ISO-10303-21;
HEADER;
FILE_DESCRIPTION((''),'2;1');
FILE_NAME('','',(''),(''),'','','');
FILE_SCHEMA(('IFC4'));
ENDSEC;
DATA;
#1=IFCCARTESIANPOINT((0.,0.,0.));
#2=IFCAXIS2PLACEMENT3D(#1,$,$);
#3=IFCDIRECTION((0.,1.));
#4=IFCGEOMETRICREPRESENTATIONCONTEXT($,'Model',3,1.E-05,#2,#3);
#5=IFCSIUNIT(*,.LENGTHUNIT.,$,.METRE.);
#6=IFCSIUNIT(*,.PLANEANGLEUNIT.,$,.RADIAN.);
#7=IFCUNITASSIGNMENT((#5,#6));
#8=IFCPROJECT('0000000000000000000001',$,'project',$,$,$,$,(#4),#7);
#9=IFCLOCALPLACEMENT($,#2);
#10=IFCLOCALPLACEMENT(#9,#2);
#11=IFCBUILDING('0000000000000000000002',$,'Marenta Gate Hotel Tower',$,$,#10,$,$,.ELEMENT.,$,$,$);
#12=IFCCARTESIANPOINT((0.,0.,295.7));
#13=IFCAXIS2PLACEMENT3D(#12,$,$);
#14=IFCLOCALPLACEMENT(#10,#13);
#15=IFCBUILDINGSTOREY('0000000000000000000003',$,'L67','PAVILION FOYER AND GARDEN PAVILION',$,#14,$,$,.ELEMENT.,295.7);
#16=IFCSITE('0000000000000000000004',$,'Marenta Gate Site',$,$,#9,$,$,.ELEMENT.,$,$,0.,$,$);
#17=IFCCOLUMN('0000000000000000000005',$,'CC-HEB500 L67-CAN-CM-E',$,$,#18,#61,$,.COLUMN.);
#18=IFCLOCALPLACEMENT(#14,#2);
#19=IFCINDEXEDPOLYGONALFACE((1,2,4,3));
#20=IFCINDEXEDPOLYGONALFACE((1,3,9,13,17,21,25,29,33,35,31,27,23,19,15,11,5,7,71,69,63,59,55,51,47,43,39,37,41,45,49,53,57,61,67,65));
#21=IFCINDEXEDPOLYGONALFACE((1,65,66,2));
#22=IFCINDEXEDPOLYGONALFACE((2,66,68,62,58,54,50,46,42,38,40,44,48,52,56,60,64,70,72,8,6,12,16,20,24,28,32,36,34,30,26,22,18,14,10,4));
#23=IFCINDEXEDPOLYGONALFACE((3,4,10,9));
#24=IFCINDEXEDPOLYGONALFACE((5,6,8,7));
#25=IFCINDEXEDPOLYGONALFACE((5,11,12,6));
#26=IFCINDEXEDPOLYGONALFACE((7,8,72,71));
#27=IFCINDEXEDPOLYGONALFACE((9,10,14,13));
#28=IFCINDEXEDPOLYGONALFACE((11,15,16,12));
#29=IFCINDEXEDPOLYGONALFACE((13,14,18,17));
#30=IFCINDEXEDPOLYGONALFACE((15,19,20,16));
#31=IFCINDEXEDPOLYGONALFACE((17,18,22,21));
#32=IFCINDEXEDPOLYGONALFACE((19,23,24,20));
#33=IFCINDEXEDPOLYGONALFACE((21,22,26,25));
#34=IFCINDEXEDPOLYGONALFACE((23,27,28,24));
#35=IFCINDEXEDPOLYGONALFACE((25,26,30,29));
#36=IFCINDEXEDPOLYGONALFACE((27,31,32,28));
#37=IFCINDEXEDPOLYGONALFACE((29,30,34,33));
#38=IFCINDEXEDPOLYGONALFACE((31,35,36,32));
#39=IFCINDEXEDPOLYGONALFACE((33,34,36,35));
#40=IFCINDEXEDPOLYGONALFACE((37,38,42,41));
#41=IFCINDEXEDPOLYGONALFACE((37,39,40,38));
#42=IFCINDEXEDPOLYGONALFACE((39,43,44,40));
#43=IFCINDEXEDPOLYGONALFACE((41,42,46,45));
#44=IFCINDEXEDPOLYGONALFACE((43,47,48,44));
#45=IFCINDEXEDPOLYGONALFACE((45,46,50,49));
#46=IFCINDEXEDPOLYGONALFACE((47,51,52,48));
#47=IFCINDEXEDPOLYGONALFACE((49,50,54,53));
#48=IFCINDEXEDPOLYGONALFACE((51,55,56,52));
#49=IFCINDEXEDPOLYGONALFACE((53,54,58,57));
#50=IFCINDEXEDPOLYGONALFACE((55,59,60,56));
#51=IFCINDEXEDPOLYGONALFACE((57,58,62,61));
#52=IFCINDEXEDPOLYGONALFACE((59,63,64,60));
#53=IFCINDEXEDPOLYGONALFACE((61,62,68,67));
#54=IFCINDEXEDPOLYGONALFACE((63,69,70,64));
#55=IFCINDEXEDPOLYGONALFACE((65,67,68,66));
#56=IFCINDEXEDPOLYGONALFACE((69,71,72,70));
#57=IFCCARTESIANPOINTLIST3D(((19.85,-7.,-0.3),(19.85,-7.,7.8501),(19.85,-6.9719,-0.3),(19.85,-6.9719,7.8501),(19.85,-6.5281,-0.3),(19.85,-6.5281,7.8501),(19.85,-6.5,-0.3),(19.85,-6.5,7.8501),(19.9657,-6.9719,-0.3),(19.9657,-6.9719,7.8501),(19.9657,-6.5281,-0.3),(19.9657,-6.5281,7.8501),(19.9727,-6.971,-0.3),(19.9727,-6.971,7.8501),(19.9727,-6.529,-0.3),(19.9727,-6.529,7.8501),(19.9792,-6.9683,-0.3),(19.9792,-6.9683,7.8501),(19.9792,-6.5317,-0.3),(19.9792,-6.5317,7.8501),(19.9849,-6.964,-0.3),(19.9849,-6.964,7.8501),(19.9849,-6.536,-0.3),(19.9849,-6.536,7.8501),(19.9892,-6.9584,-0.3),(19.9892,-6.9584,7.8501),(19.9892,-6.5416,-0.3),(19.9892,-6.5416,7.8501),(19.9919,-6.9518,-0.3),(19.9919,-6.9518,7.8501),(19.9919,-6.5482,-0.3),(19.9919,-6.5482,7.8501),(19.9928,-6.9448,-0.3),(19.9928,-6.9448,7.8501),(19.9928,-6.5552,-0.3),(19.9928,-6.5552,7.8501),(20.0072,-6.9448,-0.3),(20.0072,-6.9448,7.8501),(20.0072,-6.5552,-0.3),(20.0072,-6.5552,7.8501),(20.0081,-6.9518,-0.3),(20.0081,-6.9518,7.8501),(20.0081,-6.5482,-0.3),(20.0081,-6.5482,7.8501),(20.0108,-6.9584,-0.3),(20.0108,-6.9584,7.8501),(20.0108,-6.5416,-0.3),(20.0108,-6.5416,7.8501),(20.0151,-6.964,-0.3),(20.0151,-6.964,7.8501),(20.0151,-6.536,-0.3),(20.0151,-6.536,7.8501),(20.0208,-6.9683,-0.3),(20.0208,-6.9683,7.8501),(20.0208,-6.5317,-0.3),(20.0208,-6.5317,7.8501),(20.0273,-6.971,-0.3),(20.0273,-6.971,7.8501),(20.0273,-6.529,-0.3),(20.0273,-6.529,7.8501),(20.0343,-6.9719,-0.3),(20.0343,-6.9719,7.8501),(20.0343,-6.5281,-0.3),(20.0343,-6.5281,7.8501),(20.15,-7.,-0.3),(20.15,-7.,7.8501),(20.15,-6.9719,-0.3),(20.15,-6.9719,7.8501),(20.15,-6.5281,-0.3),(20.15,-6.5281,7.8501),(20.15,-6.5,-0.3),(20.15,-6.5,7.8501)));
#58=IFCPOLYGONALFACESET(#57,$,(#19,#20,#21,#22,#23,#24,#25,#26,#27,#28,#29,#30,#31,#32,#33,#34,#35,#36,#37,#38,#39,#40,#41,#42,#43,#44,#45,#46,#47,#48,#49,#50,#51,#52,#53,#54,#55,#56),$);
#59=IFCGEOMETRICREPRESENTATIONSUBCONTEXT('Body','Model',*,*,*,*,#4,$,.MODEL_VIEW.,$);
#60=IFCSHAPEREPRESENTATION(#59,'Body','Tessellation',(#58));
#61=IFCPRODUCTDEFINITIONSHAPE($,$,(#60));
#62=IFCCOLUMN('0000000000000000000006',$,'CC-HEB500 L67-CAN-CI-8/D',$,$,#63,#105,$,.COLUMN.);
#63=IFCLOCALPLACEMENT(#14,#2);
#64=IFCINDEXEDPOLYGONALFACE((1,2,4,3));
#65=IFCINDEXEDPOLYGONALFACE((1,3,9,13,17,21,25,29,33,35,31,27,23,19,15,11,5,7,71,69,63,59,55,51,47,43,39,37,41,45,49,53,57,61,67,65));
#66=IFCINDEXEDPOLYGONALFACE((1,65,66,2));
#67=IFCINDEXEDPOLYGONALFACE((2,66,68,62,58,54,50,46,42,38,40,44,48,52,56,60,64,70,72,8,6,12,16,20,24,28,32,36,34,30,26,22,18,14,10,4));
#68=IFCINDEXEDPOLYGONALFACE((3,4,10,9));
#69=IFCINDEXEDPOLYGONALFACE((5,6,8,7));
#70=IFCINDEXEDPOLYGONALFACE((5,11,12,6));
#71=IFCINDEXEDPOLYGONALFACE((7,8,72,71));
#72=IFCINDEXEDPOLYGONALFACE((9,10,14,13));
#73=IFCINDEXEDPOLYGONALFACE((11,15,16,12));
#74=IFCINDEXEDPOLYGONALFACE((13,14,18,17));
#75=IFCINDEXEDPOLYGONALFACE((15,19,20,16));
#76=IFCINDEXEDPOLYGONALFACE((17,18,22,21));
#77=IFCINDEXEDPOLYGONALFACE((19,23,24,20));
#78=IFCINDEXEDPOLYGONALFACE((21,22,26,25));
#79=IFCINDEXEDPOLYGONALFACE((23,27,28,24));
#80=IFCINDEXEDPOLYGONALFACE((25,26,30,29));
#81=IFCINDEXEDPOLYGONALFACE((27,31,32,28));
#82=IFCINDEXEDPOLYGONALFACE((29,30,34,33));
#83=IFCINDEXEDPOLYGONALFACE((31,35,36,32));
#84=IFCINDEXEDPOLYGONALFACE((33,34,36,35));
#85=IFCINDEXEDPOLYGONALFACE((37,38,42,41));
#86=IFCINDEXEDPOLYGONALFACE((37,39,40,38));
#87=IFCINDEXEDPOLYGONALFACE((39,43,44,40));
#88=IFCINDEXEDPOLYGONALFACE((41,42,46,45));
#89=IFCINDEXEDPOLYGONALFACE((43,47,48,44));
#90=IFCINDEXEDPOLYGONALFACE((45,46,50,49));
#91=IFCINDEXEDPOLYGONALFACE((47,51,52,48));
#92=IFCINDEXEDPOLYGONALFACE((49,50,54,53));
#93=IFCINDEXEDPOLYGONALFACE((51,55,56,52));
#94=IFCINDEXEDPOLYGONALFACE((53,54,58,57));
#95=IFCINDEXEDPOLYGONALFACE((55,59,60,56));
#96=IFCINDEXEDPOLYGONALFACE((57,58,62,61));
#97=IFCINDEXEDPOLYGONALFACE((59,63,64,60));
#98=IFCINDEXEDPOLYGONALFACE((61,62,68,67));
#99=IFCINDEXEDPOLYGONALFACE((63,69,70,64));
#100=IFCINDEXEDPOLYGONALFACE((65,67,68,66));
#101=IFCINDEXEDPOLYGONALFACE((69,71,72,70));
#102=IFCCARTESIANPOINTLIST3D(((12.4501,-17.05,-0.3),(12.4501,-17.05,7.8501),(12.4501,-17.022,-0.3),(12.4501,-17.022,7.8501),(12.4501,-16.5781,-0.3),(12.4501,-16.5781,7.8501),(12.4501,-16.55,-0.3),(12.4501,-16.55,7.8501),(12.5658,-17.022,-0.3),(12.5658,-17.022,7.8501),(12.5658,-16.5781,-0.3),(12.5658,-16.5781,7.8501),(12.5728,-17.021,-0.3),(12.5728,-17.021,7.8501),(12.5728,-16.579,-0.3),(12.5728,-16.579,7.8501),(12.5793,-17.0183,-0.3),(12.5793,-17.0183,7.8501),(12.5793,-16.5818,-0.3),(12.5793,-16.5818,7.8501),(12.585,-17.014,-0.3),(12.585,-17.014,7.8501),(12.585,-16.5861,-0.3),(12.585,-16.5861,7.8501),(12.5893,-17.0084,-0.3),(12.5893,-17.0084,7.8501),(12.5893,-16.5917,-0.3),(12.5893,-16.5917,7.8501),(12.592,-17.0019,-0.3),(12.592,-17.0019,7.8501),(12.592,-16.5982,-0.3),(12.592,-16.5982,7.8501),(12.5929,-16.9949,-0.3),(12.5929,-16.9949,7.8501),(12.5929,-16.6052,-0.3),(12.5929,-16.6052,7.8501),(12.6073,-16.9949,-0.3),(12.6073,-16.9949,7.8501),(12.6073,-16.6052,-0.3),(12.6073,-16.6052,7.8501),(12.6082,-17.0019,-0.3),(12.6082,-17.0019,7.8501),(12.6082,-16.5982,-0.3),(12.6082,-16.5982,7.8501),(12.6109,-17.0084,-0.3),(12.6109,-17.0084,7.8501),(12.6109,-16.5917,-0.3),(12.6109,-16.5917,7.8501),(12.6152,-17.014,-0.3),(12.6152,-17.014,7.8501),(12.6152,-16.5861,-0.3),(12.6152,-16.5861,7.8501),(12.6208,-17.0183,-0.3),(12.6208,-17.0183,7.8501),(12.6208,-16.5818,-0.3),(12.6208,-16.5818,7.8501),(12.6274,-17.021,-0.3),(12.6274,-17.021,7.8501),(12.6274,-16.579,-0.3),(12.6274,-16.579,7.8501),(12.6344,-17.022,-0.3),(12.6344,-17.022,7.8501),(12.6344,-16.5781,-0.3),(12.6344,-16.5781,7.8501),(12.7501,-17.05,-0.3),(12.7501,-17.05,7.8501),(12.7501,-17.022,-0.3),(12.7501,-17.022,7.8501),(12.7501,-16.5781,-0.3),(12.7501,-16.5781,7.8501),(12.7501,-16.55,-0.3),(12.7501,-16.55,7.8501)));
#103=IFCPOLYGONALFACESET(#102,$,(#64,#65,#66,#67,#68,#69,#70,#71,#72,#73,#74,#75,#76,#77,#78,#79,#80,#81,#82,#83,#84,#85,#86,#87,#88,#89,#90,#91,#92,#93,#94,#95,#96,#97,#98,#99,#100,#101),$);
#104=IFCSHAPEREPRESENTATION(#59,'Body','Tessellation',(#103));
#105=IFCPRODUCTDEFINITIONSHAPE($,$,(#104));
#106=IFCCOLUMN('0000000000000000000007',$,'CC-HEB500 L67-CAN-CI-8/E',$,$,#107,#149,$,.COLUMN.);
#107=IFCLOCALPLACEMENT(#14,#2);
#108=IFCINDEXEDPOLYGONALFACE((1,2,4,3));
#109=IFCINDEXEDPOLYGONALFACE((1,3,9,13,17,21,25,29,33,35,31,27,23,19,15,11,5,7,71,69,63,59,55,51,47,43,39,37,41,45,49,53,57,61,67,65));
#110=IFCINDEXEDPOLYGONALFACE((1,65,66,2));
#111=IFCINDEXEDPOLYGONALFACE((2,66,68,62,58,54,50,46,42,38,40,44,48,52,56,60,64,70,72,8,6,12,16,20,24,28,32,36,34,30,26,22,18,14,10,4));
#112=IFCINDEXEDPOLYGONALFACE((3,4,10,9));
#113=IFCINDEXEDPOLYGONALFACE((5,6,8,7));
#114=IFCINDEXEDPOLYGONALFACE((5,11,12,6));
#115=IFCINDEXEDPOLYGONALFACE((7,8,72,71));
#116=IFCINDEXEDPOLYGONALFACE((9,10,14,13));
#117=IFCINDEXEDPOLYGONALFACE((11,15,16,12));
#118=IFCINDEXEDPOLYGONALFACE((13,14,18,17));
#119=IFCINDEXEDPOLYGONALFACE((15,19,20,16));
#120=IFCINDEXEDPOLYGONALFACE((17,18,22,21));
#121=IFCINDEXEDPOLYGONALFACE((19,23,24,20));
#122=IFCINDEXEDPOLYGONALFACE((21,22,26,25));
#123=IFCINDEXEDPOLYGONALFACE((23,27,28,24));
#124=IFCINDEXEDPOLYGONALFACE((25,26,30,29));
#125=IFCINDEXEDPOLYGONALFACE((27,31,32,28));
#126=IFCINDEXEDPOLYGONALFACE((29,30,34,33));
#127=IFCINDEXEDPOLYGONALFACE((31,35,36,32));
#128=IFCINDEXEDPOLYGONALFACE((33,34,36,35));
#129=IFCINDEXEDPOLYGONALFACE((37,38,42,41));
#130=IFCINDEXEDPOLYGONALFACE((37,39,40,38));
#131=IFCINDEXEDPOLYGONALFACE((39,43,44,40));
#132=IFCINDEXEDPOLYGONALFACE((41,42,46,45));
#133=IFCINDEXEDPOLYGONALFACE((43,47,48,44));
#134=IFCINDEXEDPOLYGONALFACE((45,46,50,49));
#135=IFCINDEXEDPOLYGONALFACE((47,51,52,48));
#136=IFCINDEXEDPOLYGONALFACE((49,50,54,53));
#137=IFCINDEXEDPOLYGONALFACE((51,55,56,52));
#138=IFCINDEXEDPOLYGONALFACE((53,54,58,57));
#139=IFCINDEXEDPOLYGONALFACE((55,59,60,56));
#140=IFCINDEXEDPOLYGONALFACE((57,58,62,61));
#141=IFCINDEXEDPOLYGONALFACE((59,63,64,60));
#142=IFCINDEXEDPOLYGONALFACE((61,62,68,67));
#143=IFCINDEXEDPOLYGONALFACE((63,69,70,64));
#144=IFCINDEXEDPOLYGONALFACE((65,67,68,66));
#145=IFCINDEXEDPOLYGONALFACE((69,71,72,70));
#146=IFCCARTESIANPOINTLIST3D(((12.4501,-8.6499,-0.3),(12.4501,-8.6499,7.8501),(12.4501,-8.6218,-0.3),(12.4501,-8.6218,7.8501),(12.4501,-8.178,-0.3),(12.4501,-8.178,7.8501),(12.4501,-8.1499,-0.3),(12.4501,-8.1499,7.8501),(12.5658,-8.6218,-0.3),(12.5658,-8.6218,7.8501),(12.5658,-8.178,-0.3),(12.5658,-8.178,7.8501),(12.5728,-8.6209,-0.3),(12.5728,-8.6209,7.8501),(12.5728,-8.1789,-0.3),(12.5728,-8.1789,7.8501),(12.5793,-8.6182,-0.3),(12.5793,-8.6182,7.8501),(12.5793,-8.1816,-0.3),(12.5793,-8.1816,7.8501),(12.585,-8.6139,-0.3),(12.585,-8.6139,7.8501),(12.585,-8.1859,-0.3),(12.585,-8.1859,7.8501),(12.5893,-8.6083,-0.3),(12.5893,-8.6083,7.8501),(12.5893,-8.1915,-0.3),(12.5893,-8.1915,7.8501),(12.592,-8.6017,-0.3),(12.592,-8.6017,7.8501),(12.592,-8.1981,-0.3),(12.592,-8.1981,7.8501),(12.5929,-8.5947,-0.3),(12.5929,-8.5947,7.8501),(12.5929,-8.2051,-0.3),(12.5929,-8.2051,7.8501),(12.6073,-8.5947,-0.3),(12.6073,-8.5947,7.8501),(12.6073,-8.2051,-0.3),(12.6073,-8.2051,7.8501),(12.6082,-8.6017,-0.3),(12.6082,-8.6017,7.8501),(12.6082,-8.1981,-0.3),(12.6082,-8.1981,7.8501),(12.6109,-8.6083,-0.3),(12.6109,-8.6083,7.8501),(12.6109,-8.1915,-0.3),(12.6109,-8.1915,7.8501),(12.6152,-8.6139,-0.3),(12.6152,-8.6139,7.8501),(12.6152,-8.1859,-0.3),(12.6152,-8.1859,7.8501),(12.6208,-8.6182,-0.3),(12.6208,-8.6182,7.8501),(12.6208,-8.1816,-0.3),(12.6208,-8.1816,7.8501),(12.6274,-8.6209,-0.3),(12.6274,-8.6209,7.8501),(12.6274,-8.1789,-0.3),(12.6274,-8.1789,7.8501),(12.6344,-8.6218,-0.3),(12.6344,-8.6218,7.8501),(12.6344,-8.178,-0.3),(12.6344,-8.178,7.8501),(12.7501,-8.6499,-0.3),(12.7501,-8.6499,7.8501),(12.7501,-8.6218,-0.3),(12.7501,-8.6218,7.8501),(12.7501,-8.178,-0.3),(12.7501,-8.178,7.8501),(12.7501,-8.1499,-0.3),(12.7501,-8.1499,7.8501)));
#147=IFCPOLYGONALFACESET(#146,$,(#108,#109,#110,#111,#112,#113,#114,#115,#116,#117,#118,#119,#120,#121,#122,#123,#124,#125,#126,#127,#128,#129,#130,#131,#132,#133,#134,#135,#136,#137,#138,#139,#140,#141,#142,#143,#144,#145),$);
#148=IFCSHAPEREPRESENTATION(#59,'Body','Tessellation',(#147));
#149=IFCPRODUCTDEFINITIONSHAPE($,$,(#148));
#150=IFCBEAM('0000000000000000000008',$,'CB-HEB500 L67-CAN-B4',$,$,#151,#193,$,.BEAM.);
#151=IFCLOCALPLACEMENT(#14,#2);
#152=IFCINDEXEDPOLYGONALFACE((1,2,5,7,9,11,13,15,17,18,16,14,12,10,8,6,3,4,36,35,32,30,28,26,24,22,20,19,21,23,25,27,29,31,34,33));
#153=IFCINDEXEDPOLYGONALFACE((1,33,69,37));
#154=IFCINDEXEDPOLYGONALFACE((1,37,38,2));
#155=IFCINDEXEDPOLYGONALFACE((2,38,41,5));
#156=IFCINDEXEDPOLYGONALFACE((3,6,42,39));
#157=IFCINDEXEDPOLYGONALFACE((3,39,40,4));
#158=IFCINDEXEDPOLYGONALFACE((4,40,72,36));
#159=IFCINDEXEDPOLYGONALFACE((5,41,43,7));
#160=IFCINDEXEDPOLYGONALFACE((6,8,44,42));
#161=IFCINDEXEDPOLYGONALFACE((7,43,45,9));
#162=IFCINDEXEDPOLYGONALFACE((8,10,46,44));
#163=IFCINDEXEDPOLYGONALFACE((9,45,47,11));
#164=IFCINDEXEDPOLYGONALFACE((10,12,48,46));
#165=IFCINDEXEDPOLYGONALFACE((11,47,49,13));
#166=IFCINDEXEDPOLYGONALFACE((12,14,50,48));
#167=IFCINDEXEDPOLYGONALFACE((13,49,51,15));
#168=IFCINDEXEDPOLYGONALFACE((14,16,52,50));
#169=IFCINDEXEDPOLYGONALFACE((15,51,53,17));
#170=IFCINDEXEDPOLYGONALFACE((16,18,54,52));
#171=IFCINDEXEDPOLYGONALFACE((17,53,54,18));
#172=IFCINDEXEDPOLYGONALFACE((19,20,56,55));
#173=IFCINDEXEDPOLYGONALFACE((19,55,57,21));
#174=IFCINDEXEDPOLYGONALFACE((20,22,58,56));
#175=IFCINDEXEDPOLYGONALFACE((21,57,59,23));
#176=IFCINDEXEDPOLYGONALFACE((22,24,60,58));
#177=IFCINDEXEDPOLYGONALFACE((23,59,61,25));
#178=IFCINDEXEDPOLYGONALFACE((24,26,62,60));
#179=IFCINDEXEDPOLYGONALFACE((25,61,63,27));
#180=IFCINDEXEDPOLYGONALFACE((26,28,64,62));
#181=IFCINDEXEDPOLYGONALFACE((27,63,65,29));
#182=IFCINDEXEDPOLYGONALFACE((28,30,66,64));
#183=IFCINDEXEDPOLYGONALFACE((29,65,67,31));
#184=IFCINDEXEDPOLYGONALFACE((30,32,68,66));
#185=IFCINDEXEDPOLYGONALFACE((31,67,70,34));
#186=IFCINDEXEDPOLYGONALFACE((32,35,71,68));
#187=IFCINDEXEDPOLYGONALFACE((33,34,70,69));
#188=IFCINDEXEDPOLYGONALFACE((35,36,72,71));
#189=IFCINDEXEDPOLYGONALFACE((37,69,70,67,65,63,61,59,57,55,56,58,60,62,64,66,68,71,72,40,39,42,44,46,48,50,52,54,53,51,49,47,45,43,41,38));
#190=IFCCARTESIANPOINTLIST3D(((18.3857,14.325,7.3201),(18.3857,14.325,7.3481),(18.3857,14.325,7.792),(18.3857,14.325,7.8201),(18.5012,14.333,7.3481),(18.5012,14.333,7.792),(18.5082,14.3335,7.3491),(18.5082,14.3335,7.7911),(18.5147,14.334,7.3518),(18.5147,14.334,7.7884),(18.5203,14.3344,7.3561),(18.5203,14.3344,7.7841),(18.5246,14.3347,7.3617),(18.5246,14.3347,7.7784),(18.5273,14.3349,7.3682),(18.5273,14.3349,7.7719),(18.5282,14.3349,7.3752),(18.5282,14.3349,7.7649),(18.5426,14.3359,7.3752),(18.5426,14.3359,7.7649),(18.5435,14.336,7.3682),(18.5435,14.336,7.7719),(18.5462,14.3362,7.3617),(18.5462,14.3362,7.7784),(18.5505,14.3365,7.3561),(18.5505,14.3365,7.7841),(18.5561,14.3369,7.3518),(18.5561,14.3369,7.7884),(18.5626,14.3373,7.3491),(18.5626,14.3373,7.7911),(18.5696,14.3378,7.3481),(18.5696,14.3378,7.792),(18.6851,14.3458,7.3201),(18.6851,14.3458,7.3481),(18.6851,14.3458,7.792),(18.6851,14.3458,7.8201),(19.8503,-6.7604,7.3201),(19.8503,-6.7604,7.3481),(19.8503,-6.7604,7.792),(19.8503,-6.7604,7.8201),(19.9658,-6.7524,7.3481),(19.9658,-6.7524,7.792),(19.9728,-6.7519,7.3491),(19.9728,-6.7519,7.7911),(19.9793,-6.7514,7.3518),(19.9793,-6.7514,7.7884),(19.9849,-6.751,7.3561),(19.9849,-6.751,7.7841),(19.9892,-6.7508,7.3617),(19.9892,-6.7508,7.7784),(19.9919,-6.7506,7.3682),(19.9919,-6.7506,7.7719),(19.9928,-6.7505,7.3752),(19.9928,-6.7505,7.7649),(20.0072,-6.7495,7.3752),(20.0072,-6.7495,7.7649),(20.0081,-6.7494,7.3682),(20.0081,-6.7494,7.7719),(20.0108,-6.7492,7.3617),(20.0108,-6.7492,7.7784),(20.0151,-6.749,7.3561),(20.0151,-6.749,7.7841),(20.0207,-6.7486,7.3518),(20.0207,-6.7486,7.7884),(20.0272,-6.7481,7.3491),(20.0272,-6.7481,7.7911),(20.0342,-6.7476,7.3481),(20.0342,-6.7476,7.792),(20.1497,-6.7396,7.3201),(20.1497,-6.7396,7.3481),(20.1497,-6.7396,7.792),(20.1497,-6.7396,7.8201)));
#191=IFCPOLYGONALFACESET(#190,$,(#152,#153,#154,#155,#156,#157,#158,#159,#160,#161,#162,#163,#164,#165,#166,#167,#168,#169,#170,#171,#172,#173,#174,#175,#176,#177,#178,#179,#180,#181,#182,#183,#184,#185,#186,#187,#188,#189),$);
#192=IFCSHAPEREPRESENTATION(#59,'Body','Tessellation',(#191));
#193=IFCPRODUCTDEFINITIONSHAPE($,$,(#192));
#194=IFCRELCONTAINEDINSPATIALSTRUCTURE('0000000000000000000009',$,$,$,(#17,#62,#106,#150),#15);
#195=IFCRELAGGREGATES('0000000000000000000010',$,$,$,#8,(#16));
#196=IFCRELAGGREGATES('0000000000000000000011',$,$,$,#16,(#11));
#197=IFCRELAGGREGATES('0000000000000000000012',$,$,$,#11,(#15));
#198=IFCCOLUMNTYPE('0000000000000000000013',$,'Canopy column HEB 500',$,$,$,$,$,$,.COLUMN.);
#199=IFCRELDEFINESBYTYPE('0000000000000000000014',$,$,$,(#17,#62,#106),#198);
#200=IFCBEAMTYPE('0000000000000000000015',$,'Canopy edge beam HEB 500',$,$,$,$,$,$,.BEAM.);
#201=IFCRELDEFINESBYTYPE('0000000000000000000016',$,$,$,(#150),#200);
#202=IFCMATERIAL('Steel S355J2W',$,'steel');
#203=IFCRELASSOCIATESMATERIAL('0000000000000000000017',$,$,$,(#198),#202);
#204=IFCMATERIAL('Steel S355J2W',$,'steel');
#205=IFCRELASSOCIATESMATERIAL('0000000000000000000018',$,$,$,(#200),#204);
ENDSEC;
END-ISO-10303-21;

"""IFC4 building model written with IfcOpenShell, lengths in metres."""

from ifc_helpers import new_model, si_unit, direction, frame, origin, origin_2d, place, context, subcontext, project, spatial, i_section, extrude, material, material_profile, profile_set, type_object, element, save


model = new_model("IFC4")

# Units and contexts
model_context = context("Model", 3, precision=1e-05, world=origin(), true_north=direction((0.0, 1.0)))
body_context = subcontext(model_context, "Body", "Model", "MODEL_VIEW")
ifc_project = project(units=[si_unit("LENGTHUNIT", "METRE"), si_unit("PLANEANGLEUNIT", "RADIAN")], contexts=[model_context])

# Site, building, storey
site_placement = place(None, origin())
site = spatial("IfcSite", under=ifc_project, at=site_placement, Name="Marenta Gate Site", CompositionType="ELEMENT", RefElevation=0.0)
building_placement = place(site_placement, origin())
building = spatial("IfcBuilding", under=site, at=building_placement, Name="Marenta Gate Hotel Tower", CompositionType="ELEMENT")
storey_placement = place(building_placement, frame((0.0, 0.0, 295.7)))
storey = spatial("IfcBuildingStorey", under=building, at=storey_placement, Name="L67", Description="PAVILION FOYER AND GARDEN PAVILION", CompositionType="ELEMENT", Elevation=295.7)

# Columns
ifc_material_1 = material(Name="Steel S355J2W", Category="steel")
ifc_material_profile_1 = material_profile(ifc_material_1, i_section(OverallWidth=0.3, OverallDepth=0.5, WebThickness=0.0144, FlangeThickness=0.0281, FilletRadius=0.0271, at=origin_2d()), Name="HEB 500")
ifc_profile_set_1 = profile_set([ifc_material_profile_1], Name="Steel S355J2W")
column_type = type_object("IfcColumnType", Name="Canopy column HEB 500", PredefinedType="COLUMN", material=ifc_profile_set_1)
for number, where, z_axis, x_axis, name in (
    (1, (20.0, -6.75, -0.3), (0.0, 0.0, 1.0), (1.0, 0.0, 0.0), "CC-HEB500 L67-CAN-CM-E"),
    (2, (12.6001, -16.8, -0.3), (0.0, 0.0, 1.0), (1.0, 0.0, 0.0), "CC-HEB500 L67-CAN-CI-8/D"),
    (3, (12.6001, -8.3999, -0.3), (0.0, 0.0, 1.0), (1.0, 0.0, 0.0), "CC-HEB500 L67-CAN-CI-8/E"),
):
    element("IfcColumn", number, at=place(storey_placement, frame(where, z_axis=z_axis, x_axis=x_axis)), inside=storey, type_object=column_type, Name=name, PredefinedType="COLUMN", context=body_context, shape_type="SweptSolid", body=[
        extrude(i_section(OverallWidth=0.3, OverallDepth=0.5, WebThickness=0.0144, FlangeThickness=0.0281, FilletRadius=0.0271, at=origin_2d()), origin(), (0.0, 0.0, 1.0), 8.1501),
    ])

# Beam
ifc_material_2 = material(Name="Steel S355J2W", Category="steel")
ifc_material_profile_2 = material_profile(ifc_material_2, i_section(OverallWidth=0.3, OverallDepth=0.5, WebThickness=0.0144, FlangeThickness=0.0281, FilletRadius=0.0271, at=origin_2d()), Name="HEB 500")
ifc_profile_set_2 = profile_set([ifc_material_profile_2], Name="Steel S355J2W")
beam_type_1 = type_object("IfcBeamType", Name="Canopy edge beam HEB 500", PredefinedType="BEAM", material=ifc_profile_set_2)
beam_1_placement = place(storey_placement, frame((20.0, -6.75, 7.5701), z_axis=(-0.069293, 0.997596, 0.0), x_axis=(-0.997596, -0.069293, 0.0)))
element("IfcBeam", 4, at=beam_1_placement, inside=storey, type_object=beam_type_1, Name="CB-HEB500 L67-CAN-B4", PredefinedType="BEAM", context=body_context, shape_type="SweptSolid", body=[
    extrude(i_section(OverallWidth=0.3, OverallDepth=0.5, WebThickness=0.0144, FlangeThickness=0.0281, FilletRadius=0.0271, at=origin_2d()), origin(), (0.0, 0.0, 1.0), 21.1362),
])

save(model, "model.ifc")
